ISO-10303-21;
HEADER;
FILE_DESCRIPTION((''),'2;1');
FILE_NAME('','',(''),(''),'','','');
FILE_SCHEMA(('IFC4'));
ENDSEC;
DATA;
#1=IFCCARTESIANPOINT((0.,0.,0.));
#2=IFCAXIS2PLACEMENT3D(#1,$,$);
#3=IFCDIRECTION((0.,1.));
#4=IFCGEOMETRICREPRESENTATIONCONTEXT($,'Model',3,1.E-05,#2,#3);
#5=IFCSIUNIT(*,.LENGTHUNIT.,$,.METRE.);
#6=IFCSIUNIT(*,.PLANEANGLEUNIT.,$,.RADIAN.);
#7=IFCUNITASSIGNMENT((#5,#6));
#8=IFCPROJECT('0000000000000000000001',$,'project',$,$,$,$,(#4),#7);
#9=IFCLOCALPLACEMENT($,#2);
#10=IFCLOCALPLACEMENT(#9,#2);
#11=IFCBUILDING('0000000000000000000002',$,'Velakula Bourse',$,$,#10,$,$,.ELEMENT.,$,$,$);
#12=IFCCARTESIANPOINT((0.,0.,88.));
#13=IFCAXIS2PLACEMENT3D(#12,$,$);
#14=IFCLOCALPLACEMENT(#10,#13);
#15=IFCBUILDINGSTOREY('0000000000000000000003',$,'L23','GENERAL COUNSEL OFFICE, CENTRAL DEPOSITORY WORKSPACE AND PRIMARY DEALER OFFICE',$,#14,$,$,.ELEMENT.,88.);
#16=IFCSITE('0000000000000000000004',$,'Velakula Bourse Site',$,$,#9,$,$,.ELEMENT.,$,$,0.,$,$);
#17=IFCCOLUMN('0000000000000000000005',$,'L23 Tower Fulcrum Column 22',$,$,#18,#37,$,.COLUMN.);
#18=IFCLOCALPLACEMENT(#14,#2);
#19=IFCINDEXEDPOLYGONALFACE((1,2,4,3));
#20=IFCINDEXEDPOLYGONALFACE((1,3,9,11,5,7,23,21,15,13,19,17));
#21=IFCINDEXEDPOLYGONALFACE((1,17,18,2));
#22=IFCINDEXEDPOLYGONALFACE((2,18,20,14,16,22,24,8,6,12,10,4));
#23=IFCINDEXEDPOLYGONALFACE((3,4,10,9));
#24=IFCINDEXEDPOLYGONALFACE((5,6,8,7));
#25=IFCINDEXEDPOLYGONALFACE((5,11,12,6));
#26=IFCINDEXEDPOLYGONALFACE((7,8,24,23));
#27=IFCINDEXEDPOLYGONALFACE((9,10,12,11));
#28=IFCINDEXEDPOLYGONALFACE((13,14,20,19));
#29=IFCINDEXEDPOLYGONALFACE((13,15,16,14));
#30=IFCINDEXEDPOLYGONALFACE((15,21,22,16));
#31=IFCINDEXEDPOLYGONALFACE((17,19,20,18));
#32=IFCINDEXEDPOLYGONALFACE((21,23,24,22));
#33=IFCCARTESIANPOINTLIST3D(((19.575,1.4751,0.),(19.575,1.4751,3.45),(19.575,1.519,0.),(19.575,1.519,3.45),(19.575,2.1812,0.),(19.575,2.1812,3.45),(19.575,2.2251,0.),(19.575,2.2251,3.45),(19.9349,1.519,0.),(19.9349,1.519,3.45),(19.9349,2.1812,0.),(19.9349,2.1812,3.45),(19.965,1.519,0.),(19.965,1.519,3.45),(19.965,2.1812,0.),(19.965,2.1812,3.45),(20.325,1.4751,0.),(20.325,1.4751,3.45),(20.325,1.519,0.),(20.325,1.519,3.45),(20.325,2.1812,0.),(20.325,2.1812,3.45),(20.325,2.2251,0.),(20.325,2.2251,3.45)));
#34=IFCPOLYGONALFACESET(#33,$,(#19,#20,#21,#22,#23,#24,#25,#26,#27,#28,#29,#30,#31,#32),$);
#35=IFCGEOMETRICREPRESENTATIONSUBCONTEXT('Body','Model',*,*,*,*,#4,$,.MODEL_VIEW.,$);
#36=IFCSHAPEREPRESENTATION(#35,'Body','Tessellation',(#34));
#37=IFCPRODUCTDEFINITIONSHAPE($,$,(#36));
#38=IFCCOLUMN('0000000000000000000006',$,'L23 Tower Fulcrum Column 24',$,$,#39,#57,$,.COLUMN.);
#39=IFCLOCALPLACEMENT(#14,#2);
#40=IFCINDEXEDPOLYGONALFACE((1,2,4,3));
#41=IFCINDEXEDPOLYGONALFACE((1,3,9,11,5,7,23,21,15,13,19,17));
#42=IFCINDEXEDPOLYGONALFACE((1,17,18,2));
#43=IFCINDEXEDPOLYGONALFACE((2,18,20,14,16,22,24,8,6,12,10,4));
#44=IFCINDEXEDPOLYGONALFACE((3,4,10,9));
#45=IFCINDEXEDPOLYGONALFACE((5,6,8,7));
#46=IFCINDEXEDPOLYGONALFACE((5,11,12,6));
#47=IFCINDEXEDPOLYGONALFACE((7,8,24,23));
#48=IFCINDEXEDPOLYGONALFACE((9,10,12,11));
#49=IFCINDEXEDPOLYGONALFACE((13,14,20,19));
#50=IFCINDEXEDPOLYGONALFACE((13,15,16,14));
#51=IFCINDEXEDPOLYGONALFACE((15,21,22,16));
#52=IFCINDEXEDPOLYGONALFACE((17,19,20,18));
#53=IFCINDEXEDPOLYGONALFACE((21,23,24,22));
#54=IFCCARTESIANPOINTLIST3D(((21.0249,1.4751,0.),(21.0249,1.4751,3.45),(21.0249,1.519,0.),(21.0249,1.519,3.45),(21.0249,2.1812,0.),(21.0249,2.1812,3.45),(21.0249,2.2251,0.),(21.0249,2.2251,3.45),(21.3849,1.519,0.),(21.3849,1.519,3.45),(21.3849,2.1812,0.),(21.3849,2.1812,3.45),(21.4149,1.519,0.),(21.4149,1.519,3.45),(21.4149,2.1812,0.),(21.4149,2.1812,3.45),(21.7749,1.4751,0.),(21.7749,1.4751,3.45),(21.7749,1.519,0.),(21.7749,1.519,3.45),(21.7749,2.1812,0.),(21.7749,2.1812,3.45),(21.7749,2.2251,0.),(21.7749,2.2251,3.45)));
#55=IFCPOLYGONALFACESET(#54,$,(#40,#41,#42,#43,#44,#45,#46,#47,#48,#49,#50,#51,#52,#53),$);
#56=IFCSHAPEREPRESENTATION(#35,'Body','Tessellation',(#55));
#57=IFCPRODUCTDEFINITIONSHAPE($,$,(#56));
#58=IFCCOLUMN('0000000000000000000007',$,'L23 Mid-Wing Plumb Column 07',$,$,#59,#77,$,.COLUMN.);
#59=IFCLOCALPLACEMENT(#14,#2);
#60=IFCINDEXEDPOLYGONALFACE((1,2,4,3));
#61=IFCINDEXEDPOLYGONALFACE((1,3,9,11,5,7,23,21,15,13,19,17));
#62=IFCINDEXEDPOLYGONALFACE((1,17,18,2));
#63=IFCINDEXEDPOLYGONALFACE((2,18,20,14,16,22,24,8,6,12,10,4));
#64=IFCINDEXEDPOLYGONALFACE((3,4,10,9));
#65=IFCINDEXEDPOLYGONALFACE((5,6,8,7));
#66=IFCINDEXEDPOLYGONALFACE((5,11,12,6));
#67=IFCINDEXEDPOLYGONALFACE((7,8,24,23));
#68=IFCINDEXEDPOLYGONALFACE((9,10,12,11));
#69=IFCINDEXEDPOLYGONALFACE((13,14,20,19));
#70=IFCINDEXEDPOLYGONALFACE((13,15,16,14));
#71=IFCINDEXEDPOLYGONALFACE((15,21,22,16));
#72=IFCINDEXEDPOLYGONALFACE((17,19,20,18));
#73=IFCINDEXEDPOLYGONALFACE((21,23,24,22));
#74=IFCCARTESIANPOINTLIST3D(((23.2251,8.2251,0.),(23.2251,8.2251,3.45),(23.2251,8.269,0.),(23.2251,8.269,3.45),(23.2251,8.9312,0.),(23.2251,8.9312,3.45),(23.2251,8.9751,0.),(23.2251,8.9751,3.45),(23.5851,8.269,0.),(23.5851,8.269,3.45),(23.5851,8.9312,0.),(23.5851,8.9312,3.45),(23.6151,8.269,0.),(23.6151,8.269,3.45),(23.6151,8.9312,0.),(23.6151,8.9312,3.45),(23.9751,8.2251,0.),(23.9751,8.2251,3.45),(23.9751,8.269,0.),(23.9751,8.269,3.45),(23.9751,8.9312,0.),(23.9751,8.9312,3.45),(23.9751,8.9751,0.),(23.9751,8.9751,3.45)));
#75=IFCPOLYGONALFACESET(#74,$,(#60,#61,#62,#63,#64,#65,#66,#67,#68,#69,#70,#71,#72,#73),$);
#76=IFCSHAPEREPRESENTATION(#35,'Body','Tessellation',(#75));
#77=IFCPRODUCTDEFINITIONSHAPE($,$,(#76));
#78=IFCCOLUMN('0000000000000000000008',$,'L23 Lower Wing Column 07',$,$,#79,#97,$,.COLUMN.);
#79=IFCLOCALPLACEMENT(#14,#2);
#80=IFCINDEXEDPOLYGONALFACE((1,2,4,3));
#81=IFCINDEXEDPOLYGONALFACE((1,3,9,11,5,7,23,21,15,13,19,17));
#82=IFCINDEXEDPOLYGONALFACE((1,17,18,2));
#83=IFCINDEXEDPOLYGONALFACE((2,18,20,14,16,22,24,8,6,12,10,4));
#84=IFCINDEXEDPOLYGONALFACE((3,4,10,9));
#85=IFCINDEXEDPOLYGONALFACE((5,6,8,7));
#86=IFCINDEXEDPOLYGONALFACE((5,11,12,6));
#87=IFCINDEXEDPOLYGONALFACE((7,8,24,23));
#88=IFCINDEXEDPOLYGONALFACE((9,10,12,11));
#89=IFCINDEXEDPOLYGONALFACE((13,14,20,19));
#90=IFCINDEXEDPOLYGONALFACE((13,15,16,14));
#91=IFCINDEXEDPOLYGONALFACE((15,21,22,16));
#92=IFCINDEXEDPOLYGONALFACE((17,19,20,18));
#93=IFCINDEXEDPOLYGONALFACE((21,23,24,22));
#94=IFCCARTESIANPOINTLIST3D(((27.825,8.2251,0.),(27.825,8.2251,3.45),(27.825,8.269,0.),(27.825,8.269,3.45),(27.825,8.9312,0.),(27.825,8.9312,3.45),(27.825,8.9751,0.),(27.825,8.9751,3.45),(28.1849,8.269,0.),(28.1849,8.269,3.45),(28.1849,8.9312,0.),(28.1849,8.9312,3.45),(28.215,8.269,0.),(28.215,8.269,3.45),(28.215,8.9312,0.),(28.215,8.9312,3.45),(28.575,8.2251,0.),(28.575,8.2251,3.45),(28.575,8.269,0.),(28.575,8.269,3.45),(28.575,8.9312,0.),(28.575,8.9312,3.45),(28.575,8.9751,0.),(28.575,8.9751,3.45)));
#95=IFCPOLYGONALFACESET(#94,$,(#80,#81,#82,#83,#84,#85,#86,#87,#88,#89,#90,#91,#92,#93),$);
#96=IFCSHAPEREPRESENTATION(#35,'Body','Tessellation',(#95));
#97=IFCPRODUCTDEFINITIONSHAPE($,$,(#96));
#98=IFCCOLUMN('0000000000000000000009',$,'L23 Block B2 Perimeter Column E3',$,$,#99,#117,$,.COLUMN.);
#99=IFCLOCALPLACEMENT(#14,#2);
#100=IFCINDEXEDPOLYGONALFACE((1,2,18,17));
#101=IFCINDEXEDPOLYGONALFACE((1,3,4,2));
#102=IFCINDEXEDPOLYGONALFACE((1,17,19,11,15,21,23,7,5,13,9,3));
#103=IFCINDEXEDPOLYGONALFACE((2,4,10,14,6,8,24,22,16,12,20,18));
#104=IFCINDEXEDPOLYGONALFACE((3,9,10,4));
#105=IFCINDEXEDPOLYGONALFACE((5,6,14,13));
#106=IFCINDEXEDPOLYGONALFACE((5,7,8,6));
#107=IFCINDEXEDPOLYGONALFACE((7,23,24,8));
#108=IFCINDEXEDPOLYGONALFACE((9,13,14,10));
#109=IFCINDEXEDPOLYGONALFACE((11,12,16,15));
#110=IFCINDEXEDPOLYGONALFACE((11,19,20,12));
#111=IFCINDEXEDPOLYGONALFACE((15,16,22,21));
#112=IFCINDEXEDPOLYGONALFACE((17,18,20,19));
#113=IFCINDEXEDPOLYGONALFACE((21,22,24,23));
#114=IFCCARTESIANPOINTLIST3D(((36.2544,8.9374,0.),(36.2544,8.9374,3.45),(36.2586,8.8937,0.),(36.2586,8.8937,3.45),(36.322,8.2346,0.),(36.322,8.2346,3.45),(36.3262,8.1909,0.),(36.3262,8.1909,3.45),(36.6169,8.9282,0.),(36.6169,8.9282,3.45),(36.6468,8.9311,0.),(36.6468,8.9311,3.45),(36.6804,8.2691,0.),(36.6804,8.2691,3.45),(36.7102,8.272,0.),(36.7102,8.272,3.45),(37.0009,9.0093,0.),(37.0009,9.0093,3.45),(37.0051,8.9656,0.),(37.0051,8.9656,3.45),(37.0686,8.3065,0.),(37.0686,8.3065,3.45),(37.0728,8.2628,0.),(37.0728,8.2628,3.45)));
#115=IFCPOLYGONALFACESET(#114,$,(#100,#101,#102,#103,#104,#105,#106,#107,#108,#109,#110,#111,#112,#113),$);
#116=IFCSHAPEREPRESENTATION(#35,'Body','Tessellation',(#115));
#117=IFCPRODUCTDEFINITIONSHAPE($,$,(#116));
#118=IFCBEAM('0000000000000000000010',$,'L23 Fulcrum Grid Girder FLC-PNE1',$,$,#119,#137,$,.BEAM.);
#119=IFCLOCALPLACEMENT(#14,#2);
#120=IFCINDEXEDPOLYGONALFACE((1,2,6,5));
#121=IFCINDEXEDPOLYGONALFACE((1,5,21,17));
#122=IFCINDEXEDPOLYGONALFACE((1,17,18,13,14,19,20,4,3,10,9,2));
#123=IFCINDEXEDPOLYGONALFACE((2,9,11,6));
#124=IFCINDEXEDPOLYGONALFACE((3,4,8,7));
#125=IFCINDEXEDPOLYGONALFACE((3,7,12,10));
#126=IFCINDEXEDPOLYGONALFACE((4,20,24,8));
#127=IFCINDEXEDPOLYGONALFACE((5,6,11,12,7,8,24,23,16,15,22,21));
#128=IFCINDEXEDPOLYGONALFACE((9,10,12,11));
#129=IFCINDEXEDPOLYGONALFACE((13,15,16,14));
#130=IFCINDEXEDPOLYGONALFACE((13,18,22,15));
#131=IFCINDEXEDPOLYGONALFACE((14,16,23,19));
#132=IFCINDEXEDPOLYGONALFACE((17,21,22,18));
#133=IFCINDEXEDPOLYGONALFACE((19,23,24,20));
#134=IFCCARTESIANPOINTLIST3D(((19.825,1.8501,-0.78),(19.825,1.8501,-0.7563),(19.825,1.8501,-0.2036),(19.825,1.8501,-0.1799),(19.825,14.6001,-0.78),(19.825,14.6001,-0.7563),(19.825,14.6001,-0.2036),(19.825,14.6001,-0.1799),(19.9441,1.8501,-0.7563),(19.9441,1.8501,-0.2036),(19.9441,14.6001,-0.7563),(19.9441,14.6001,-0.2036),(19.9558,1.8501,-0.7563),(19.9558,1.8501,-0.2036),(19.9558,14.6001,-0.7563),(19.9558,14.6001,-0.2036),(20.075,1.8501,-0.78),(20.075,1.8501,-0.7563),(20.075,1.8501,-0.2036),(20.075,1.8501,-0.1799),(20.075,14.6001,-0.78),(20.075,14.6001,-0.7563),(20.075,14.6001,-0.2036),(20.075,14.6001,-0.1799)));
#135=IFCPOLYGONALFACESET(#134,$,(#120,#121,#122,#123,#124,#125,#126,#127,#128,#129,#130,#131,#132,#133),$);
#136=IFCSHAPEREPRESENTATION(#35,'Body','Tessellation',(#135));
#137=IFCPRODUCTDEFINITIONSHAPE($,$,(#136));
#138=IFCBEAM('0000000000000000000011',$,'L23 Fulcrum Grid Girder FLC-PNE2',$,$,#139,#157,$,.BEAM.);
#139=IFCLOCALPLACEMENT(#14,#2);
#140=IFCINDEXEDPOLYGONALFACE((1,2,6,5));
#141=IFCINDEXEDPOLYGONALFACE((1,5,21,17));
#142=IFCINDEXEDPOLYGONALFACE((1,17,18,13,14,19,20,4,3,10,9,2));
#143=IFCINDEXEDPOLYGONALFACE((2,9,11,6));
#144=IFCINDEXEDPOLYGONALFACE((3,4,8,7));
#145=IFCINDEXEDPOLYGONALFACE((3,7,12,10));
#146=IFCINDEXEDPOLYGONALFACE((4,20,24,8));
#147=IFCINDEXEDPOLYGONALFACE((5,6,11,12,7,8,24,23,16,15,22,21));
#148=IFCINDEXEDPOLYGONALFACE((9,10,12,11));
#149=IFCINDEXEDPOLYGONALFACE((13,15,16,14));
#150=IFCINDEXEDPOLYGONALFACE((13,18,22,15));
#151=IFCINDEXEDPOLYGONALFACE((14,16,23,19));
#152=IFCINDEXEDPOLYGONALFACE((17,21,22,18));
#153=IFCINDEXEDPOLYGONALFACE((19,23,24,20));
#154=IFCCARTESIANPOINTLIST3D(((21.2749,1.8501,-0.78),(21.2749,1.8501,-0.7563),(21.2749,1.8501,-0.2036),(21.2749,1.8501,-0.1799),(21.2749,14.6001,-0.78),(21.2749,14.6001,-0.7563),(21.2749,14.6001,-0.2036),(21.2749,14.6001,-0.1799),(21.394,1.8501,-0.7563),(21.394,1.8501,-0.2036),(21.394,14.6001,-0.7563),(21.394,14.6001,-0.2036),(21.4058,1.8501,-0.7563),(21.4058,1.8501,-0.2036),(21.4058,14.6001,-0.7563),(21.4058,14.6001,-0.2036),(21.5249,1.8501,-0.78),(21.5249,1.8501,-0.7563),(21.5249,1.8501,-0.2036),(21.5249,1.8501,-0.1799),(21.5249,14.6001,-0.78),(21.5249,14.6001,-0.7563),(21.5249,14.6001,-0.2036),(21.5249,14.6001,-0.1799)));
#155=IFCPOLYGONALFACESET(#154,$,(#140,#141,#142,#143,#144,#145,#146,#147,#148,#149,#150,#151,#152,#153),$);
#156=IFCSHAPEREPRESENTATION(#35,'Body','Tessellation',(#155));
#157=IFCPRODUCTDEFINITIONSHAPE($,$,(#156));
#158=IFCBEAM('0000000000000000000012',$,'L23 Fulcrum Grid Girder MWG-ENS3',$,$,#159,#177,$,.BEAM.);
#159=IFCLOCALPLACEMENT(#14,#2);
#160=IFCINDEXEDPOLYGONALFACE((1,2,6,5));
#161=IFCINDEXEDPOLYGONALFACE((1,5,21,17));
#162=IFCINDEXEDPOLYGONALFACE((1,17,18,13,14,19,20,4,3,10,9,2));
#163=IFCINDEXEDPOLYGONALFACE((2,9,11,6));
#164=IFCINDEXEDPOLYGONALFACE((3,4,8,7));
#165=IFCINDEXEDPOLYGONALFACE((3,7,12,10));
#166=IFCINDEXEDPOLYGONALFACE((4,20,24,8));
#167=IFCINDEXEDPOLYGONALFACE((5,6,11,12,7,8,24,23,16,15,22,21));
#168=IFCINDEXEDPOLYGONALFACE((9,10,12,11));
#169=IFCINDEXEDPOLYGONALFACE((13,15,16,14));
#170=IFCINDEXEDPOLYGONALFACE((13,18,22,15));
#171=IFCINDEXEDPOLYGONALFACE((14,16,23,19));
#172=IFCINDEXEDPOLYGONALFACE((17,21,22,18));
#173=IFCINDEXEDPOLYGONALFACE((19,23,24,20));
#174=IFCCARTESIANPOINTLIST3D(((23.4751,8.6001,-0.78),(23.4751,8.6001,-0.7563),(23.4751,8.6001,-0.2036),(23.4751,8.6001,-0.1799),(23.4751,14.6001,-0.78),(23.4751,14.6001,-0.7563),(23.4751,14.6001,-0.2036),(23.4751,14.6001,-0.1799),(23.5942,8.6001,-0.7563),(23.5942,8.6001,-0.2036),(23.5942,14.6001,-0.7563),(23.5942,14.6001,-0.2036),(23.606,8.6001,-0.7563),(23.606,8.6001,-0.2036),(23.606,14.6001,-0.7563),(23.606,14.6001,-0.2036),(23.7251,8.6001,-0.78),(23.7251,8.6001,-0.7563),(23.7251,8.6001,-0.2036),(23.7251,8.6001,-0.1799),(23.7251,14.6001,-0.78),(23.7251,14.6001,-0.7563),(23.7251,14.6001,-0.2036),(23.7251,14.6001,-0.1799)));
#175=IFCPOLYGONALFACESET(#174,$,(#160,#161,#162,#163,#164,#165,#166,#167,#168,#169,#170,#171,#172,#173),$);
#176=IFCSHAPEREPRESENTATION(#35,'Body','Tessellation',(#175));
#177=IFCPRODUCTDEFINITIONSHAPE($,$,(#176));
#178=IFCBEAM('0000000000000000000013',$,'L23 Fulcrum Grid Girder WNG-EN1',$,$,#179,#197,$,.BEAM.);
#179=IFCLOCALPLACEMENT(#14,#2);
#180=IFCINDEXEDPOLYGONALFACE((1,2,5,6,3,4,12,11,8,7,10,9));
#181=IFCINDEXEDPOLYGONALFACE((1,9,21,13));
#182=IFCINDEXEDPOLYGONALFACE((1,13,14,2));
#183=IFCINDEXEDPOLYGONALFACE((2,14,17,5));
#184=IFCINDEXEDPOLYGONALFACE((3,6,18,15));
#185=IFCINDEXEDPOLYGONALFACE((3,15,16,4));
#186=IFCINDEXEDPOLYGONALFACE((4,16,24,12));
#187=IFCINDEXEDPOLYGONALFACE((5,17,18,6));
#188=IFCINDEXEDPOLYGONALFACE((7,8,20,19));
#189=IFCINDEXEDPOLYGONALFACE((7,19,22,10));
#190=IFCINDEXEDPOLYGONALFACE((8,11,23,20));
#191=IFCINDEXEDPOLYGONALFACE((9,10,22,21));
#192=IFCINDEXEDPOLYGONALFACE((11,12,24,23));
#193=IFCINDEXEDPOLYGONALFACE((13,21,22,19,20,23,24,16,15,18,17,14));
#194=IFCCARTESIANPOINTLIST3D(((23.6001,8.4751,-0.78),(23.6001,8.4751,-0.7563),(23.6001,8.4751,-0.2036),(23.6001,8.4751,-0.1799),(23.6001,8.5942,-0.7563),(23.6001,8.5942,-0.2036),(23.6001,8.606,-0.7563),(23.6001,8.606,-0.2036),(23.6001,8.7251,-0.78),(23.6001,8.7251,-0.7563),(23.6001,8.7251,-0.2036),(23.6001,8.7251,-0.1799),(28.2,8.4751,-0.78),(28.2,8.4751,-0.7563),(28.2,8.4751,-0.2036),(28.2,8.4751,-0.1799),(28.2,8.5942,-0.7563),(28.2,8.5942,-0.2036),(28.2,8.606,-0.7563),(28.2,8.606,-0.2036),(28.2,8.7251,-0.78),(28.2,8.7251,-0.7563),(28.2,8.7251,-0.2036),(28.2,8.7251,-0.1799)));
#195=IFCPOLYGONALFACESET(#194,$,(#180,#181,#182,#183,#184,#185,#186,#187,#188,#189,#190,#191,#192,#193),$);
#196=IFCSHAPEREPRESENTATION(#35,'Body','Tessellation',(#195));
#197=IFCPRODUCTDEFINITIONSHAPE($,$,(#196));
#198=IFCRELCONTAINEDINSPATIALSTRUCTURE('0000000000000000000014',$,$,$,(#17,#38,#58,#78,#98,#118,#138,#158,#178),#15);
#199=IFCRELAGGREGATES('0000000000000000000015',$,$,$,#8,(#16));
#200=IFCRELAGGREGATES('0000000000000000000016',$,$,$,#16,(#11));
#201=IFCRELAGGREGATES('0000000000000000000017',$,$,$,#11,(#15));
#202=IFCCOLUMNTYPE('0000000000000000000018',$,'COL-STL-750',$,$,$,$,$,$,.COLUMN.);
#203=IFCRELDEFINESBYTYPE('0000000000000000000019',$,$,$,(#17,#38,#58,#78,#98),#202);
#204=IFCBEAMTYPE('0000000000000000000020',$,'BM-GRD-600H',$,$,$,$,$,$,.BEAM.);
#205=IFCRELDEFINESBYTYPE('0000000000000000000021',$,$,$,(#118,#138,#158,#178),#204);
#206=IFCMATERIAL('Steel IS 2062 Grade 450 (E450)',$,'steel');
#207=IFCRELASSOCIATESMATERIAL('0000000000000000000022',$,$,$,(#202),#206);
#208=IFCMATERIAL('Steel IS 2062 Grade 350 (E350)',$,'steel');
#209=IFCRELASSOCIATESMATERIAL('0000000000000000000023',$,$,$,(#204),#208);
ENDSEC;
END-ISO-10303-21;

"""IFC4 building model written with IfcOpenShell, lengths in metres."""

from ifc_helpers import new_model, si_unit, direction, frame, origin, origin_2d, place, context, subcontext, project, spatial, i_section, extrude, material, material_profile, profile_set, type_object, element, save


model = new_model("IFC4")

# Units and contexts
model_context = context("Model", 3, precision=1e-05, world=origin(), true_north=direction((0.0, 1.0)))
body_context = subcontext(model_context, "Body", "Model", "MODEL_VIEW")
ifc_project = project(units=[si_unit("LENGTHUNIT", "METRE"), si_unit("PLANEANGLEUNIT", "RADIAN")], contexts=[model_context])

# Site, building, storey
site_placement = place(None, origin())
site = spatial("IfcSite", under=ifc_project, at=site_placement, Name="Velakula Bourse Site", CompositionType="ELEMENT", RefElevation=0.0)
building_placement = place(site_placement, origin())
building = spatial("IfcBuilding", under=site, at=building_placement, Name="Velakula Bourse", CompositionType="ELEMENT")
storey_placement = place(building_placement, frame((0.0, 0.0, 88.0)))
storey = spatial("IfcBuildingStorey", under=building, at=storey_placement, Name="L23", Description="GENERAL COUNSEL OFFICE, CENTRAL DEPOSITORY WORKSPACE AND PRIMARY DEALER OFFICE", CompositionType="ELEMENT", Elevation=88.0)

# Columns
ifc_material_1 = material(Name="Steel IS 2062 Grade 450 (E450)", Category="steel")
ifc_material_profile_1 = material_profile(ifc_material_1, i_section(OverallWidth=0.75, OverallDepth=0.75, WebThickness=0.03, FlangeThickness=0.0439, at=origin_2d()), Name="Steel IS 2062 Grade 450 (E450)")
ifc_profile_set_1 = profile_set([ifc_material_profile_1], Name="Steel IS 2062 Grade 450 (E450)")
column_type = type_object("IfcColumnType", Name="COL-STL-750", PredefinedType="COLUMN", material=ifc_profile_set_1)
for number, where, z_axis, x_axis, name in (
    (1, (19.95, 1.8501, 0.0), (0.0, 0.0, 1.0), (1.0, 0.0, 0.0), "L23 Tower Fulcrum Column 22"),
    (2, (21.3999, 1.8501, 0.0), (0.0, 0.0, 1.0), (1.0, 0.0, 0.0), "L23 Tower Fulcrum Column 24"),
    (3, (23.6001, 8.6001, 0.0), (0.0, 0.0, 1.0), (1.0, 0.0, 0.0), "L23 Mid-Wing Plumb Column 07"),
    (4, (28.2, 8.6001, 0.0), (0.0, 0.0, 1.0), (1.0, 0.0, 0.0), "L23 Lower Wing Column 07"),
    (5, (36.6636, 8.6001, 0.0), (0.0, 0.0, 1.0), (0.995396, 0.095846, 0.0), "L23 Block B2 Perimeter Column E3"),
):
    element("IfcColumn", number, at=place(storey_placement, frame(where, z_axis=z_axis, x_axis=x_axis)), inside=storey, type_object=column_type, Name=name, PredefinedType="COLUMN", context=body_context, shape_type="SweptSolid", body=[
        extrude(i_section(OverallWidth=0.75, OverallDepth=0.75, WebThickness=0.03, FlangeThickness=0.0439, at=origin_2d()), origin(), (0.0, 0.0, 1.0), 3.45),
    ])

# Beams
ifc_material_2 = material(Name="Steel IS 2062 Grade 350 (E350)", Category="steel")
ifc_material_profile_2 = material_profile(ifc_material_2, i_section(OverallWidth=0.25, OverallDepth=0.6001, WebThickness=0.0117, FlangeThickness=0.0237, at=origin_2d()), Name="Steel IS 2062 Grade 350 (E350)")
ifc_profile_set_2 = profile_set([ifc_material_profile_2], Name="Steel IS 2062 Grade 350 (E350)")
beam_type_1 = type_object("IfcBeamType", Name="BM-GRD-600H", PredefinedType="BEAM", material=ifc_profile_set_2)
for number, where, z_axis, x_axis, name in (
    (6, (19.95, 1.8501, -0.48), (0.0, 1.0, 0.0), (-1.0, 0.0, 0.0), "L23 Fulcrum Grid Girder FLC-PNE1"),
    (7, (21.3999, 1.8501, -0.48), (0.0, 1.0, 0.0), (-1.0, 0.0, 0.0), "L23 Fulcrum Grid Girder FLC-PNE2"),
):
    element("IfcBeam", number, at=place(storey_placement, frame(where, z_axis=z_axis, x_axis=x_axis)), inside=storey, type_object=beam_type_1, Name=name, PredefinedType="BEAM", context=body_context, shape_type="SweptSolid", body=[
        extrude(i_section(OverallWidth=0.25, OverallDepth=0.6001, WebThickness=0.0117, FlangeThickness=0.0237, at=origin_2d()), origin(), (0.0, 0.0, 1.0), 12.75),
    ])
beam_1_placement = place(storey_placement, frame((23.6001, 8.6001, -0.48), z_axis=(0.0, 1.0, 0.0), x_axis=(-1.0, 0.0, 0.0)))
element("IfcBeam", 8, at=beam_1_placement, inside=storey, type_object=beam_type_1, Name="L23 Fulcrum Grid Girder MWG-ENS3", PredefinedType="BEAM", context=body_context, shape_type="SweptSolid", body=[
    extrude(i_section(OverallWidth=0.25, OverallDepth=0.6001, WebThickness=0.0117, FlangeThickness=0.0237, at=origin_2d()), origin(), (0.0, 0.0, 1.0), 6.0),
])
beam_2_placement = place(storey_placement, frame((23.6001, 8.6001, -0.48), z_axis=(1.0, 0.0, 0.0), x_axis=(0.0, 1.0, 0.0)))
element("IfcBeam", 9, at=beam_2_placement, inside=storey, type_object=beam_type_1, Name="L23 Fulcrum Grid Girder WNG-EN1", PredefinedType="BEAM", context=body_context, shape_type="SweptSolid", body=[
    extrude(i_section(OverallWidth=0.25, OverallDepth=0.6001, WebThickness=0.0117, FlangeThickness=0.0237, at=origin_2d()), origin(), (0.0, 0.0, 1.0), 4.5999),
])

save(model, "model.ifc")
